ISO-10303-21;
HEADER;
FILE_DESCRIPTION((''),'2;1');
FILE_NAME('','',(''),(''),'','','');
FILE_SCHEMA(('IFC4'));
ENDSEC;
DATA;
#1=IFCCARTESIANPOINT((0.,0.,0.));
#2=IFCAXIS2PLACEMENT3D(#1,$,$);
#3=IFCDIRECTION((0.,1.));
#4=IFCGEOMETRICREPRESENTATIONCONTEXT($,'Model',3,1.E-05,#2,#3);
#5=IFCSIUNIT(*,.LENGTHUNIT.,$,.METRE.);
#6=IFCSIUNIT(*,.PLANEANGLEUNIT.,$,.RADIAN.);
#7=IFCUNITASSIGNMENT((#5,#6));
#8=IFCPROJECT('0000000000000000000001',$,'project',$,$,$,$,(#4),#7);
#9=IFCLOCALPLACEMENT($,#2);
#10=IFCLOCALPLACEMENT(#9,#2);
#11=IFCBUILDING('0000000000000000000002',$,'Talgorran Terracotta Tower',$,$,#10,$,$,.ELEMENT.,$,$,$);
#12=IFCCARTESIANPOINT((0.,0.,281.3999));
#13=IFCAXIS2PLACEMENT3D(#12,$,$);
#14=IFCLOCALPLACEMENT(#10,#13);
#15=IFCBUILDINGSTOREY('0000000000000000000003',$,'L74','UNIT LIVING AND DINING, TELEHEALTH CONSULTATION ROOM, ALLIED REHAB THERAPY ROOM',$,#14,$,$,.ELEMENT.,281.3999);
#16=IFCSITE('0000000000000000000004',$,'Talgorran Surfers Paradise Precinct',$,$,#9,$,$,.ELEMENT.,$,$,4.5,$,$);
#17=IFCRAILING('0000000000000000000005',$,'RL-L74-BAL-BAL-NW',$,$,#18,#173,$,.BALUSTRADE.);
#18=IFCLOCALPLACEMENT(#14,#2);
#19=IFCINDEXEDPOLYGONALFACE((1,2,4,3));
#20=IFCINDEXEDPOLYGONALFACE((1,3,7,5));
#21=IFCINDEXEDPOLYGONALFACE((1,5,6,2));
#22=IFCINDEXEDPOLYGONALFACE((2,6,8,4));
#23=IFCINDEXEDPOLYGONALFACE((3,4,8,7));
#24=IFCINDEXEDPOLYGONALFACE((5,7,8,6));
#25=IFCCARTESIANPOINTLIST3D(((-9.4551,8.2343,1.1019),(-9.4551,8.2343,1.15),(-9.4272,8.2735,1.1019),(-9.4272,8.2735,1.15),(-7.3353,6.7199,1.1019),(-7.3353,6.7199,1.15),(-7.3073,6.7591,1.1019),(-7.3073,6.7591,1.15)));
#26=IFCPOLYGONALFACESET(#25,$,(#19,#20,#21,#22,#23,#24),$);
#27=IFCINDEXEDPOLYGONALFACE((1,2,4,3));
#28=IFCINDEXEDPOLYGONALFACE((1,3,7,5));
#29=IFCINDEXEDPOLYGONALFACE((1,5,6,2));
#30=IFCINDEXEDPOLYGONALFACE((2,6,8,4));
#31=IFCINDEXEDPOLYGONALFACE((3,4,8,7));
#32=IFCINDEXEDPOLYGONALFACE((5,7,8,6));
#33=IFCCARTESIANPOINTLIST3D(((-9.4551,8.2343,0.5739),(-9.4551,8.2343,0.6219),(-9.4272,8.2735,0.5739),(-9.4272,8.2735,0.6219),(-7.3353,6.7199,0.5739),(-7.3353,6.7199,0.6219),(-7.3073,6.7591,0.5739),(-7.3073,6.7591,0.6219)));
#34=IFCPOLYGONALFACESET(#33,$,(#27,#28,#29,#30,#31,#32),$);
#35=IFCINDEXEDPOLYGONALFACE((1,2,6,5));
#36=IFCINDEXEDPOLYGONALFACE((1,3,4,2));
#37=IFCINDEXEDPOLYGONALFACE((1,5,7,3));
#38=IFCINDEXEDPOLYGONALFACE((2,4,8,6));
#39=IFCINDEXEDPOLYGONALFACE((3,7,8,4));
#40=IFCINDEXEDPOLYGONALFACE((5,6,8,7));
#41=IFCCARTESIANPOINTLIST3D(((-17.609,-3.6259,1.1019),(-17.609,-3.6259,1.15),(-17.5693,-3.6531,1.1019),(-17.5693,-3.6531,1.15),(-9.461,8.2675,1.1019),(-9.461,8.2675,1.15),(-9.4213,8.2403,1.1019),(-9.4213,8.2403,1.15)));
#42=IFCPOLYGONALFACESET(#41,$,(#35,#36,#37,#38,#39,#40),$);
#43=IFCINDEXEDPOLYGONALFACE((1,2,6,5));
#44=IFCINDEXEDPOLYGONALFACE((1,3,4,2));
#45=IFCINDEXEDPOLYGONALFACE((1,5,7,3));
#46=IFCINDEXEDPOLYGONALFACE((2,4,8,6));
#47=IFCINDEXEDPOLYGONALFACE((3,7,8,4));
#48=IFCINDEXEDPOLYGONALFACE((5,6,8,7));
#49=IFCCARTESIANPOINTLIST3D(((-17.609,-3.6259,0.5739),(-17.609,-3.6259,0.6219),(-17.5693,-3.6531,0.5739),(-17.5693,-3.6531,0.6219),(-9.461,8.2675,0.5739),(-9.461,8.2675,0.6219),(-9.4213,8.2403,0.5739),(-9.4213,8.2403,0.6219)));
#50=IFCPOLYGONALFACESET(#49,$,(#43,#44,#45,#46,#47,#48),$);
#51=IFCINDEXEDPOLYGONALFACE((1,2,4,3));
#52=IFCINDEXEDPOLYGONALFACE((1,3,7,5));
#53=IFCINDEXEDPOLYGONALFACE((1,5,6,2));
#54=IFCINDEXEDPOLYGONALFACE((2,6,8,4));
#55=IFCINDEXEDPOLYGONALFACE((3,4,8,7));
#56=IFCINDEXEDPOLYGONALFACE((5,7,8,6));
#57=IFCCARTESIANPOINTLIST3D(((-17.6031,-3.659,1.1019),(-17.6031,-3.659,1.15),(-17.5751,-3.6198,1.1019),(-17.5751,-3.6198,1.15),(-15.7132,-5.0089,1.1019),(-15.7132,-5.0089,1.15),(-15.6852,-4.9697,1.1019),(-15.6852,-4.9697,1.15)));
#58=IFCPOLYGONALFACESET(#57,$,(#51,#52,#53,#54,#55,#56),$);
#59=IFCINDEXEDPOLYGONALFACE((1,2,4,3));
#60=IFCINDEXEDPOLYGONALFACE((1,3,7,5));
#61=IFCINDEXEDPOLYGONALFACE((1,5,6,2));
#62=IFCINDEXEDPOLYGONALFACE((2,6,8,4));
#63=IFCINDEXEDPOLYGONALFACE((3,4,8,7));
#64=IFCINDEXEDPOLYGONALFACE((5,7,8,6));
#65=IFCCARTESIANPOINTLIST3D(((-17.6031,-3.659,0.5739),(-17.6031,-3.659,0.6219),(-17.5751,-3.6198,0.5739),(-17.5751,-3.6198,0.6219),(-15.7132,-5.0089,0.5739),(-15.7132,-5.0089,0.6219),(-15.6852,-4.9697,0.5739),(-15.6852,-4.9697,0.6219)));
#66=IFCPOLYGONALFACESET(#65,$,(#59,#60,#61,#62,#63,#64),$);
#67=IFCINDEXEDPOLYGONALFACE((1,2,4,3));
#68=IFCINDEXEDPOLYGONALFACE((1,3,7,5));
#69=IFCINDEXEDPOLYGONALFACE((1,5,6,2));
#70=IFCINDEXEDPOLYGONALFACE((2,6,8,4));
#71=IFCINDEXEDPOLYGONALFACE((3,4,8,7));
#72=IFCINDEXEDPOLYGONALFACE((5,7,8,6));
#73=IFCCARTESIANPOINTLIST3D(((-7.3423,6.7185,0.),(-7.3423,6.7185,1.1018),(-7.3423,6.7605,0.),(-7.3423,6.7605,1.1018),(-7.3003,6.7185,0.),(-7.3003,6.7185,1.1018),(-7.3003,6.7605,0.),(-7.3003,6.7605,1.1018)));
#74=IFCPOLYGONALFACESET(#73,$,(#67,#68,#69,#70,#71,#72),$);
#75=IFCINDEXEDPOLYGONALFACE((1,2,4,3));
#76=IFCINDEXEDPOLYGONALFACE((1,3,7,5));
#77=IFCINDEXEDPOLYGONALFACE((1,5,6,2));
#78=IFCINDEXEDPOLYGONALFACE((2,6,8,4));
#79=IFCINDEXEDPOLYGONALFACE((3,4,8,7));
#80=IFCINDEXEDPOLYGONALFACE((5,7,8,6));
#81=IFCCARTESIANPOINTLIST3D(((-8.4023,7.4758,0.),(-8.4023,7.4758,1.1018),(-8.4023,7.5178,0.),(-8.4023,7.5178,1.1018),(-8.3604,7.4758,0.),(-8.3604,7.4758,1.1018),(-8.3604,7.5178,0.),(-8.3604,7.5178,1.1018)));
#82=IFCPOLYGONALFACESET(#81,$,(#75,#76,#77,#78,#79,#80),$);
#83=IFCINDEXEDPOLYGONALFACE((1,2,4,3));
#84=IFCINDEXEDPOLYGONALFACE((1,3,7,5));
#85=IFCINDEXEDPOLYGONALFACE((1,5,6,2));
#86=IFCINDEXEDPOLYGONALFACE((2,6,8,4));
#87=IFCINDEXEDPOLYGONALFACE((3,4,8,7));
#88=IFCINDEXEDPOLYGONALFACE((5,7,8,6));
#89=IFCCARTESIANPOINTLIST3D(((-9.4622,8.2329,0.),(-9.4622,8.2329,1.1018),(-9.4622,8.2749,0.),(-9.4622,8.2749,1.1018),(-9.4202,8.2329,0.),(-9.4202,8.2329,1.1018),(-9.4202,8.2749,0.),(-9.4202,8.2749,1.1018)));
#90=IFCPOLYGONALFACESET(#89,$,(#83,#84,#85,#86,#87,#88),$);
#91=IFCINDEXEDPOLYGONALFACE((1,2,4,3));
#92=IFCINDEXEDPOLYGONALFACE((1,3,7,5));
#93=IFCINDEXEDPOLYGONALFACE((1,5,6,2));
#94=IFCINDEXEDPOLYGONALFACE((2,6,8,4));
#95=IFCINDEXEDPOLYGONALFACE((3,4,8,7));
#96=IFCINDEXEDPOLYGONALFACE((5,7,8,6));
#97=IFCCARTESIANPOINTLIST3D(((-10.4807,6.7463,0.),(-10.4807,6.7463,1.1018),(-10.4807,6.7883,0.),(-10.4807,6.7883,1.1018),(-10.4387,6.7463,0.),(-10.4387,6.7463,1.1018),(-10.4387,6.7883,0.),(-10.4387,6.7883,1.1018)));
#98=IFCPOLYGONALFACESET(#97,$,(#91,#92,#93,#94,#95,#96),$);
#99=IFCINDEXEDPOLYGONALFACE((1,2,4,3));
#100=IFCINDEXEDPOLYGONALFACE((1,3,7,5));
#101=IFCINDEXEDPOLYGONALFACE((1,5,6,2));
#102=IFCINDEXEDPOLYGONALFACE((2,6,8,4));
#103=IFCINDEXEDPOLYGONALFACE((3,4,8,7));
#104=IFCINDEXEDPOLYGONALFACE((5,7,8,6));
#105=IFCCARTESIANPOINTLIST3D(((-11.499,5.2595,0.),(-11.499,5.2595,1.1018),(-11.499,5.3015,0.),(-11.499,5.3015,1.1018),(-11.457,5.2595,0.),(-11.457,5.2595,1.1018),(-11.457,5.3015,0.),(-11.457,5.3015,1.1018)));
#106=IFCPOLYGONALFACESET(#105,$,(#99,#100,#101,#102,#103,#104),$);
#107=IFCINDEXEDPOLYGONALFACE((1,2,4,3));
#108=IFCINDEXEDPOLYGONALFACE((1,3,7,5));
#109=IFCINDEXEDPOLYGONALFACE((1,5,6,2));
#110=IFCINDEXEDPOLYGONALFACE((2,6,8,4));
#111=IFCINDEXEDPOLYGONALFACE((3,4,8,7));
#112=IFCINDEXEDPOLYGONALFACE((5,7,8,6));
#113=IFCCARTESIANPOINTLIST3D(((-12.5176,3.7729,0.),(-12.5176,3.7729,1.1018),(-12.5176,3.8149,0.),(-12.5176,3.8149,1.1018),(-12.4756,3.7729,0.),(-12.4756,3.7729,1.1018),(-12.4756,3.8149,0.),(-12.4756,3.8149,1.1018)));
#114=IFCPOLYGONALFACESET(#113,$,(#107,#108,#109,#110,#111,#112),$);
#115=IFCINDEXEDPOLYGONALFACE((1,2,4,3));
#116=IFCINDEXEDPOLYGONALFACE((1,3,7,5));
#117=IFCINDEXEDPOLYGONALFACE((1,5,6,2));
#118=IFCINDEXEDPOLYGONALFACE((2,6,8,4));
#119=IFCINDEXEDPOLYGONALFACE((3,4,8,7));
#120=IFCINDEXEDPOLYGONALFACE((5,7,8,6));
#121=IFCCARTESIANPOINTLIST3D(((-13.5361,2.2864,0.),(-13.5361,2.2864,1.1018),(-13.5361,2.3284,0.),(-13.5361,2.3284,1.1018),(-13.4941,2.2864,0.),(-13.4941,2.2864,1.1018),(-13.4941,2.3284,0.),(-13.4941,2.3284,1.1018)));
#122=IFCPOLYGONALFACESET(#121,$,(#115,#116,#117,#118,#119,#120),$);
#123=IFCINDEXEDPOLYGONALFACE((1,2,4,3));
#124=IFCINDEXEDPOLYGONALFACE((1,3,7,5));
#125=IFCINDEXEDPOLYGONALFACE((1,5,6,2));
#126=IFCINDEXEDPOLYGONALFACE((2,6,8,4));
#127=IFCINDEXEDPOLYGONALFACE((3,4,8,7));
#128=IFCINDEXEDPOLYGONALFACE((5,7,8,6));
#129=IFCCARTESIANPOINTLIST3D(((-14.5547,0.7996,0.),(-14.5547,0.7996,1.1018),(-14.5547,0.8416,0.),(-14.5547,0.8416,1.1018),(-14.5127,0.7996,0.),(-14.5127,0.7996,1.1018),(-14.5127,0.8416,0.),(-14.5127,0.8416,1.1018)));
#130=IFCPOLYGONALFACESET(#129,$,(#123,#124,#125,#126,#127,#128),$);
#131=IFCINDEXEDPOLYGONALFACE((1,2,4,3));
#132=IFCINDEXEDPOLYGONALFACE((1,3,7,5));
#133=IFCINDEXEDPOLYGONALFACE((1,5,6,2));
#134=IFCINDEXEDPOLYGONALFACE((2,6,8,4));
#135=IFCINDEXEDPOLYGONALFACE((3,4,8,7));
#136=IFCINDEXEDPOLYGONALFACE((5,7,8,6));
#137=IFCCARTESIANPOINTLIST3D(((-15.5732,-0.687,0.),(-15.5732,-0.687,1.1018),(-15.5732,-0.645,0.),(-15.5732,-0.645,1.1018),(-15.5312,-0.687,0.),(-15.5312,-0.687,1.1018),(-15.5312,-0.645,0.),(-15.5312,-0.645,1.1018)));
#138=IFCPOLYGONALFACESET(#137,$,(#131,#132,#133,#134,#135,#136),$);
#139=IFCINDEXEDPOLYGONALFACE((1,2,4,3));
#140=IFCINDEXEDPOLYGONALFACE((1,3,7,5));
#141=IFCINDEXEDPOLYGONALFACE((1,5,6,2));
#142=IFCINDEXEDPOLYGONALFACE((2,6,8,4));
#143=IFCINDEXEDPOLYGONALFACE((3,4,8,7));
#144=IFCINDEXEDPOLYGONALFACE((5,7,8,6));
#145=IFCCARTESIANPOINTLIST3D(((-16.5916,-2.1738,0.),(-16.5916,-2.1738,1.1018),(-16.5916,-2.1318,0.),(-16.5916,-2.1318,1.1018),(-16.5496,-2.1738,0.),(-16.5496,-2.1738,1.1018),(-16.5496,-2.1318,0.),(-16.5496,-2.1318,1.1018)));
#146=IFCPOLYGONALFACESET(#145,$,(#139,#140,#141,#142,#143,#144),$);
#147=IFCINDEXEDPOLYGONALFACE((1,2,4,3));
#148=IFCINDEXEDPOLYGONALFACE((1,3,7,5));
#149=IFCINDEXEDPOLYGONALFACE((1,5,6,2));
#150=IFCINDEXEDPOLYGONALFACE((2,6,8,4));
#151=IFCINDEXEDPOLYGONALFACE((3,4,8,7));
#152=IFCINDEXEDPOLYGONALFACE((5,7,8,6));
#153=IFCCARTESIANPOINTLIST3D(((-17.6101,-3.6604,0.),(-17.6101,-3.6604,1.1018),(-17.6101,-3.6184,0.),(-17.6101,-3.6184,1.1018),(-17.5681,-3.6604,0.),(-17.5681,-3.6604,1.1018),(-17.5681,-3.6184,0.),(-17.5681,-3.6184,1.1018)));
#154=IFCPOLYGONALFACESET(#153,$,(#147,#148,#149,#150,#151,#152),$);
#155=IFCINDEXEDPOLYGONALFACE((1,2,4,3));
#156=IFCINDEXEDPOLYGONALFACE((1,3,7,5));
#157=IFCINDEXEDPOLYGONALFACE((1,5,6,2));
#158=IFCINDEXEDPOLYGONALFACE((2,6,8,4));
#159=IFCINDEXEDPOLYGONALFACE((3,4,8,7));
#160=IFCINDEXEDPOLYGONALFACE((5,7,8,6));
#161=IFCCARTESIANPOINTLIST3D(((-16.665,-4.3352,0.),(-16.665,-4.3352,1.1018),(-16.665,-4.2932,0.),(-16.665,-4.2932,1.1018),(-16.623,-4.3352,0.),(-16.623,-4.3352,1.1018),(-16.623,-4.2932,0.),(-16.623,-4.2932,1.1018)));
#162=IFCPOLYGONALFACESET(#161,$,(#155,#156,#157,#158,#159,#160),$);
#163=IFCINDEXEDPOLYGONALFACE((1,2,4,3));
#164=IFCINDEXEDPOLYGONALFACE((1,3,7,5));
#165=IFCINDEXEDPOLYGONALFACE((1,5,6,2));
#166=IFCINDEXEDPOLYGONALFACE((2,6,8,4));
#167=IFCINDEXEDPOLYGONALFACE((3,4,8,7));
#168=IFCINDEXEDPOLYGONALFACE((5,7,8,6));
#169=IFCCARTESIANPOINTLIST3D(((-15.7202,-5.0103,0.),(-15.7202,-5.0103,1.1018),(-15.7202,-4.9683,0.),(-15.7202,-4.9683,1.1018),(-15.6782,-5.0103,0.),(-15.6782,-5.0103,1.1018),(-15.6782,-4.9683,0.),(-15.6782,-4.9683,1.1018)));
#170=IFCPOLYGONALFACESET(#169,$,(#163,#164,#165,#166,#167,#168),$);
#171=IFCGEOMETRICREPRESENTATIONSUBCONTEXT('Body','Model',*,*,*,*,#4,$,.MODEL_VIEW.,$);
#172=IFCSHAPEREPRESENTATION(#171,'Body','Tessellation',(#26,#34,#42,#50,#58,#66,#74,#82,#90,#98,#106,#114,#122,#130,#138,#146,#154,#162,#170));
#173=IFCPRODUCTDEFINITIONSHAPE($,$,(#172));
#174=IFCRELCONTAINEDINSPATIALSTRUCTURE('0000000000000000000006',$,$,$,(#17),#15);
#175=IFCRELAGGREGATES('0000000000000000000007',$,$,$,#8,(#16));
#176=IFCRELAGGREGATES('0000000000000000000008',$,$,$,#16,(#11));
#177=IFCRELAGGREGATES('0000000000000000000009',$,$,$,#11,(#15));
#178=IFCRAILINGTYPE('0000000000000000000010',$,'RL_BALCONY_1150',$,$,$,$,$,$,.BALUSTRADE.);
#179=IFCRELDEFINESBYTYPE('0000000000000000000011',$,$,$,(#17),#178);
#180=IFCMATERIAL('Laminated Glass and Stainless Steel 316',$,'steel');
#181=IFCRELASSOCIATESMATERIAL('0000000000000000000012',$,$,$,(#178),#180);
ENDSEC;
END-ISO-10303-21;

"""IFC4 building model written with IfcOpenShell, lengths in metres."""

from ifc_helpers import new_model, si_unit, direction, frame, origin, origin_2d, place, context, subcontext, project, spatial, rectangle, extrude, material, type_object, element, save


model = new_model("IFC4")

# Units and contexts
model_context = context("Model", 3, precision=1e-05, world=origin(), true_north=direction((0.0, 1.0)))
body_context = subcontext(model_context, "Body", "Model", "MODEL_VIEW")
ifc_project = project(units=[si_unit("LENGTHUNIT", "METRE"), si_unit("PLANEANGLEUNIT", "RADIAN")], contexts=[model_context])

# Site, building, storey
site_placement = place(None, origin())
site = spatial("IfcSite", under=ifc_project, at=site_placement, Name="Talgorran Surfers Paradise Precinct", CompositionType="ELEMENT", RefElevation=4.5)
building_placement = place(site_placement, origin())
building = spatial("IfcBuilding", under=site, at=building_placement, Name="Talgorran Terracotta Tower", CompositionType="ELEMENT")
storey_placement = place(building_placement, frame((0.0, 0.0, 281.3999)))
storey = spatial("IfcBuildingStorey", under=building, at=storey_placement, Name="L74", Description="UNIT LIVING AND DINING, TELEHEALTH CONSULTATION ROOM, ALLIED REHAB THERAPY ROOM", CompositionType="ELEMENT", Elevation=281.3999)

# Railing
ifc_material_1 = material(Name="Laminated Glass and Stainless Steel 316", Category="steel")
railing_type = type_object("IfcRailingType", Name="RL_BALCONY_1150", PredefinedType="BALUSTRADE", material=ifc_material_1)
railing_placement = place(storey_placement, frame((-7.3213, 6.7395, 0.0)))
element("IfcRailing", 1, at=railing_placement, inside=storey, type_object=railing_type, Name="RL-L74-BAL-BAL-NW", PredefinedType="BALUSTRADE", context=body_context, shape_type="SweptSolid", body=[
    extrude(rectangle(XDim=0.0481, YDim=0.0481, at=origin_2d()), frame((0.0, 0.0, 1.126), z_axis=(-0.813695, 0.581291, 0.0), x_axis=(-0.581291, -0.813695, 0.0)), (0.0, 0.0, 1.0), 2.6052),
    extrude(rectangle(XDim=0.0481, YDim=0.0481, at=origin_2d()), frame((0.0, 0.0, 0.5979), z_axis=(-0.813695, 0.581291, 0.0), x_axis=(-0.581291, -0.813695, 0.0)), (0.0, 0.0, 1.0), 2.6052),
    extrude(rectangle(XDim=0.0481, YDim=0.0481, at=origin_2d()), frame((-2.1199, 1.5144, 1.126), z_axis=(-0.565176, -0.82497, 0.0), x_axis=(0.82497, -0.565176, 0.0)), (0.0, 0.0, 1.0), 14.4167),
    extrude(rectangle(XDim=0.0481, YDim=0.0481, at=origin_2d()), frame((-2.1199, 1.5144, 0.5979), z_axis=(-0.565176, -0.82497, 0.0), x_axis=(0.82497, -0.565176, 0.0)), (0.0, 0.0, 1.0), 14.4167),
    extrude(rectangle(XDim=0.0481, YDim=0.0481, at=origin_2d()), frame((-10.2678, -10.3789, 1.126), z_axis=(0.813748, -0.581218, 0.0), x_axis=(0.581218, 0.813748, 0.0)), (0.0, 0.0, 1.0), 2.3225),
    extrude(rectangle(XDim=0.0481, YDim=0.0481, at=origin_2d()), frame((-10.2678, -10.3789, 0.5979), z_axis=(0.813748, -0.581218, 0.0), x_axis=(0.581218, 0.813748, 0.0)), (0.0, 0.0, 1.0), 2.3225),
    extrude(rectangle(XDim=0.042, YDim=0.042, at=origin_2d()), origin(), (0.0, 0.0, 1.0), 1.1018),
    extrude(rectangle(XDim=0.042, YDim=0.042, at=origin_2d()), frame((-1.0601, 0.7573, 0.0)), (0.0, 0.0, 1.0), 1.1018),
    extrude(rectangle(XDim=0.042, YDim=0.042, at=origin_2d()), frame((-2.1199, 1.5144, 0.0)), (0.0, 0.0, 1.0), 1.1018),
    extrude(rectangle(XDim=0.042, YDim=0.042, at=origin_2d()), frame((-3.1384, 0.0278, 0.0)), (0.0, 0.0, 1.0), 1.1018),
    extrude(rectangle(XDim=0.042, YDim=0.042, at=origin_2d()), frame((-4.1567, -1.459, 0.0)), (0.0, 0.0, 1.0), 1.1018),
    extrude(rectangle(XDim=0.042, YDim=0.042, at=origin_2d()), frame((-5.1753, -2.9456, 0.0)), (0.0, 0.0, 1.0), 1.1018),
    extrude(rectangle(XDim=0.042, YDim=0.042, at=origin_2d()), frame((-6.1938, -4.4321, 0.0)), (0.0, 0.0, 1.0), 1.1018),
    extrude(rectangle(XDim=0.042, YDim=0.042, at=origin_2d()), frame((-7.2124, -5.9189, 0.0)), (0.0, 0.0, 1.0), 1.1018),
    extrude(rectangle(XDim=0.042, YDim=0.042, at=origin_2d()), frame((-8.231, -7.4055, 0.0)), (0.0, 0.0, 1.0), 1.1018),
    extrude(rectangle(XDim=0.042, YDim=0.042, at=origin_2d()), frame((-9.2493, -8.8923, 0.0)), (0.0, 0.0, 1.0), 1.1018),
    extrude(rectangle(XDim=0.042, YDim=0.042, at=origin_2d()), frame((-10.2678, -10.3789, 0.0)), (0.0, 0.0, 1.0), 1.1018),
    extrude(rectangle(XDim=0.042, YDim=0.042, at=origin_2d()), frame((-9.3228, -11.0537, 0.0)), (0.0, 0.0, 1.0), 1.1018),
    extrude(rectangle(XDim=0.042, YDim=0.042, at=origin_2d()), frame((-8.3779, -11.7288, 0.0)), (0.0, 0.0, 1.0), 1.1018),
])

save(model, "model.ifc")
